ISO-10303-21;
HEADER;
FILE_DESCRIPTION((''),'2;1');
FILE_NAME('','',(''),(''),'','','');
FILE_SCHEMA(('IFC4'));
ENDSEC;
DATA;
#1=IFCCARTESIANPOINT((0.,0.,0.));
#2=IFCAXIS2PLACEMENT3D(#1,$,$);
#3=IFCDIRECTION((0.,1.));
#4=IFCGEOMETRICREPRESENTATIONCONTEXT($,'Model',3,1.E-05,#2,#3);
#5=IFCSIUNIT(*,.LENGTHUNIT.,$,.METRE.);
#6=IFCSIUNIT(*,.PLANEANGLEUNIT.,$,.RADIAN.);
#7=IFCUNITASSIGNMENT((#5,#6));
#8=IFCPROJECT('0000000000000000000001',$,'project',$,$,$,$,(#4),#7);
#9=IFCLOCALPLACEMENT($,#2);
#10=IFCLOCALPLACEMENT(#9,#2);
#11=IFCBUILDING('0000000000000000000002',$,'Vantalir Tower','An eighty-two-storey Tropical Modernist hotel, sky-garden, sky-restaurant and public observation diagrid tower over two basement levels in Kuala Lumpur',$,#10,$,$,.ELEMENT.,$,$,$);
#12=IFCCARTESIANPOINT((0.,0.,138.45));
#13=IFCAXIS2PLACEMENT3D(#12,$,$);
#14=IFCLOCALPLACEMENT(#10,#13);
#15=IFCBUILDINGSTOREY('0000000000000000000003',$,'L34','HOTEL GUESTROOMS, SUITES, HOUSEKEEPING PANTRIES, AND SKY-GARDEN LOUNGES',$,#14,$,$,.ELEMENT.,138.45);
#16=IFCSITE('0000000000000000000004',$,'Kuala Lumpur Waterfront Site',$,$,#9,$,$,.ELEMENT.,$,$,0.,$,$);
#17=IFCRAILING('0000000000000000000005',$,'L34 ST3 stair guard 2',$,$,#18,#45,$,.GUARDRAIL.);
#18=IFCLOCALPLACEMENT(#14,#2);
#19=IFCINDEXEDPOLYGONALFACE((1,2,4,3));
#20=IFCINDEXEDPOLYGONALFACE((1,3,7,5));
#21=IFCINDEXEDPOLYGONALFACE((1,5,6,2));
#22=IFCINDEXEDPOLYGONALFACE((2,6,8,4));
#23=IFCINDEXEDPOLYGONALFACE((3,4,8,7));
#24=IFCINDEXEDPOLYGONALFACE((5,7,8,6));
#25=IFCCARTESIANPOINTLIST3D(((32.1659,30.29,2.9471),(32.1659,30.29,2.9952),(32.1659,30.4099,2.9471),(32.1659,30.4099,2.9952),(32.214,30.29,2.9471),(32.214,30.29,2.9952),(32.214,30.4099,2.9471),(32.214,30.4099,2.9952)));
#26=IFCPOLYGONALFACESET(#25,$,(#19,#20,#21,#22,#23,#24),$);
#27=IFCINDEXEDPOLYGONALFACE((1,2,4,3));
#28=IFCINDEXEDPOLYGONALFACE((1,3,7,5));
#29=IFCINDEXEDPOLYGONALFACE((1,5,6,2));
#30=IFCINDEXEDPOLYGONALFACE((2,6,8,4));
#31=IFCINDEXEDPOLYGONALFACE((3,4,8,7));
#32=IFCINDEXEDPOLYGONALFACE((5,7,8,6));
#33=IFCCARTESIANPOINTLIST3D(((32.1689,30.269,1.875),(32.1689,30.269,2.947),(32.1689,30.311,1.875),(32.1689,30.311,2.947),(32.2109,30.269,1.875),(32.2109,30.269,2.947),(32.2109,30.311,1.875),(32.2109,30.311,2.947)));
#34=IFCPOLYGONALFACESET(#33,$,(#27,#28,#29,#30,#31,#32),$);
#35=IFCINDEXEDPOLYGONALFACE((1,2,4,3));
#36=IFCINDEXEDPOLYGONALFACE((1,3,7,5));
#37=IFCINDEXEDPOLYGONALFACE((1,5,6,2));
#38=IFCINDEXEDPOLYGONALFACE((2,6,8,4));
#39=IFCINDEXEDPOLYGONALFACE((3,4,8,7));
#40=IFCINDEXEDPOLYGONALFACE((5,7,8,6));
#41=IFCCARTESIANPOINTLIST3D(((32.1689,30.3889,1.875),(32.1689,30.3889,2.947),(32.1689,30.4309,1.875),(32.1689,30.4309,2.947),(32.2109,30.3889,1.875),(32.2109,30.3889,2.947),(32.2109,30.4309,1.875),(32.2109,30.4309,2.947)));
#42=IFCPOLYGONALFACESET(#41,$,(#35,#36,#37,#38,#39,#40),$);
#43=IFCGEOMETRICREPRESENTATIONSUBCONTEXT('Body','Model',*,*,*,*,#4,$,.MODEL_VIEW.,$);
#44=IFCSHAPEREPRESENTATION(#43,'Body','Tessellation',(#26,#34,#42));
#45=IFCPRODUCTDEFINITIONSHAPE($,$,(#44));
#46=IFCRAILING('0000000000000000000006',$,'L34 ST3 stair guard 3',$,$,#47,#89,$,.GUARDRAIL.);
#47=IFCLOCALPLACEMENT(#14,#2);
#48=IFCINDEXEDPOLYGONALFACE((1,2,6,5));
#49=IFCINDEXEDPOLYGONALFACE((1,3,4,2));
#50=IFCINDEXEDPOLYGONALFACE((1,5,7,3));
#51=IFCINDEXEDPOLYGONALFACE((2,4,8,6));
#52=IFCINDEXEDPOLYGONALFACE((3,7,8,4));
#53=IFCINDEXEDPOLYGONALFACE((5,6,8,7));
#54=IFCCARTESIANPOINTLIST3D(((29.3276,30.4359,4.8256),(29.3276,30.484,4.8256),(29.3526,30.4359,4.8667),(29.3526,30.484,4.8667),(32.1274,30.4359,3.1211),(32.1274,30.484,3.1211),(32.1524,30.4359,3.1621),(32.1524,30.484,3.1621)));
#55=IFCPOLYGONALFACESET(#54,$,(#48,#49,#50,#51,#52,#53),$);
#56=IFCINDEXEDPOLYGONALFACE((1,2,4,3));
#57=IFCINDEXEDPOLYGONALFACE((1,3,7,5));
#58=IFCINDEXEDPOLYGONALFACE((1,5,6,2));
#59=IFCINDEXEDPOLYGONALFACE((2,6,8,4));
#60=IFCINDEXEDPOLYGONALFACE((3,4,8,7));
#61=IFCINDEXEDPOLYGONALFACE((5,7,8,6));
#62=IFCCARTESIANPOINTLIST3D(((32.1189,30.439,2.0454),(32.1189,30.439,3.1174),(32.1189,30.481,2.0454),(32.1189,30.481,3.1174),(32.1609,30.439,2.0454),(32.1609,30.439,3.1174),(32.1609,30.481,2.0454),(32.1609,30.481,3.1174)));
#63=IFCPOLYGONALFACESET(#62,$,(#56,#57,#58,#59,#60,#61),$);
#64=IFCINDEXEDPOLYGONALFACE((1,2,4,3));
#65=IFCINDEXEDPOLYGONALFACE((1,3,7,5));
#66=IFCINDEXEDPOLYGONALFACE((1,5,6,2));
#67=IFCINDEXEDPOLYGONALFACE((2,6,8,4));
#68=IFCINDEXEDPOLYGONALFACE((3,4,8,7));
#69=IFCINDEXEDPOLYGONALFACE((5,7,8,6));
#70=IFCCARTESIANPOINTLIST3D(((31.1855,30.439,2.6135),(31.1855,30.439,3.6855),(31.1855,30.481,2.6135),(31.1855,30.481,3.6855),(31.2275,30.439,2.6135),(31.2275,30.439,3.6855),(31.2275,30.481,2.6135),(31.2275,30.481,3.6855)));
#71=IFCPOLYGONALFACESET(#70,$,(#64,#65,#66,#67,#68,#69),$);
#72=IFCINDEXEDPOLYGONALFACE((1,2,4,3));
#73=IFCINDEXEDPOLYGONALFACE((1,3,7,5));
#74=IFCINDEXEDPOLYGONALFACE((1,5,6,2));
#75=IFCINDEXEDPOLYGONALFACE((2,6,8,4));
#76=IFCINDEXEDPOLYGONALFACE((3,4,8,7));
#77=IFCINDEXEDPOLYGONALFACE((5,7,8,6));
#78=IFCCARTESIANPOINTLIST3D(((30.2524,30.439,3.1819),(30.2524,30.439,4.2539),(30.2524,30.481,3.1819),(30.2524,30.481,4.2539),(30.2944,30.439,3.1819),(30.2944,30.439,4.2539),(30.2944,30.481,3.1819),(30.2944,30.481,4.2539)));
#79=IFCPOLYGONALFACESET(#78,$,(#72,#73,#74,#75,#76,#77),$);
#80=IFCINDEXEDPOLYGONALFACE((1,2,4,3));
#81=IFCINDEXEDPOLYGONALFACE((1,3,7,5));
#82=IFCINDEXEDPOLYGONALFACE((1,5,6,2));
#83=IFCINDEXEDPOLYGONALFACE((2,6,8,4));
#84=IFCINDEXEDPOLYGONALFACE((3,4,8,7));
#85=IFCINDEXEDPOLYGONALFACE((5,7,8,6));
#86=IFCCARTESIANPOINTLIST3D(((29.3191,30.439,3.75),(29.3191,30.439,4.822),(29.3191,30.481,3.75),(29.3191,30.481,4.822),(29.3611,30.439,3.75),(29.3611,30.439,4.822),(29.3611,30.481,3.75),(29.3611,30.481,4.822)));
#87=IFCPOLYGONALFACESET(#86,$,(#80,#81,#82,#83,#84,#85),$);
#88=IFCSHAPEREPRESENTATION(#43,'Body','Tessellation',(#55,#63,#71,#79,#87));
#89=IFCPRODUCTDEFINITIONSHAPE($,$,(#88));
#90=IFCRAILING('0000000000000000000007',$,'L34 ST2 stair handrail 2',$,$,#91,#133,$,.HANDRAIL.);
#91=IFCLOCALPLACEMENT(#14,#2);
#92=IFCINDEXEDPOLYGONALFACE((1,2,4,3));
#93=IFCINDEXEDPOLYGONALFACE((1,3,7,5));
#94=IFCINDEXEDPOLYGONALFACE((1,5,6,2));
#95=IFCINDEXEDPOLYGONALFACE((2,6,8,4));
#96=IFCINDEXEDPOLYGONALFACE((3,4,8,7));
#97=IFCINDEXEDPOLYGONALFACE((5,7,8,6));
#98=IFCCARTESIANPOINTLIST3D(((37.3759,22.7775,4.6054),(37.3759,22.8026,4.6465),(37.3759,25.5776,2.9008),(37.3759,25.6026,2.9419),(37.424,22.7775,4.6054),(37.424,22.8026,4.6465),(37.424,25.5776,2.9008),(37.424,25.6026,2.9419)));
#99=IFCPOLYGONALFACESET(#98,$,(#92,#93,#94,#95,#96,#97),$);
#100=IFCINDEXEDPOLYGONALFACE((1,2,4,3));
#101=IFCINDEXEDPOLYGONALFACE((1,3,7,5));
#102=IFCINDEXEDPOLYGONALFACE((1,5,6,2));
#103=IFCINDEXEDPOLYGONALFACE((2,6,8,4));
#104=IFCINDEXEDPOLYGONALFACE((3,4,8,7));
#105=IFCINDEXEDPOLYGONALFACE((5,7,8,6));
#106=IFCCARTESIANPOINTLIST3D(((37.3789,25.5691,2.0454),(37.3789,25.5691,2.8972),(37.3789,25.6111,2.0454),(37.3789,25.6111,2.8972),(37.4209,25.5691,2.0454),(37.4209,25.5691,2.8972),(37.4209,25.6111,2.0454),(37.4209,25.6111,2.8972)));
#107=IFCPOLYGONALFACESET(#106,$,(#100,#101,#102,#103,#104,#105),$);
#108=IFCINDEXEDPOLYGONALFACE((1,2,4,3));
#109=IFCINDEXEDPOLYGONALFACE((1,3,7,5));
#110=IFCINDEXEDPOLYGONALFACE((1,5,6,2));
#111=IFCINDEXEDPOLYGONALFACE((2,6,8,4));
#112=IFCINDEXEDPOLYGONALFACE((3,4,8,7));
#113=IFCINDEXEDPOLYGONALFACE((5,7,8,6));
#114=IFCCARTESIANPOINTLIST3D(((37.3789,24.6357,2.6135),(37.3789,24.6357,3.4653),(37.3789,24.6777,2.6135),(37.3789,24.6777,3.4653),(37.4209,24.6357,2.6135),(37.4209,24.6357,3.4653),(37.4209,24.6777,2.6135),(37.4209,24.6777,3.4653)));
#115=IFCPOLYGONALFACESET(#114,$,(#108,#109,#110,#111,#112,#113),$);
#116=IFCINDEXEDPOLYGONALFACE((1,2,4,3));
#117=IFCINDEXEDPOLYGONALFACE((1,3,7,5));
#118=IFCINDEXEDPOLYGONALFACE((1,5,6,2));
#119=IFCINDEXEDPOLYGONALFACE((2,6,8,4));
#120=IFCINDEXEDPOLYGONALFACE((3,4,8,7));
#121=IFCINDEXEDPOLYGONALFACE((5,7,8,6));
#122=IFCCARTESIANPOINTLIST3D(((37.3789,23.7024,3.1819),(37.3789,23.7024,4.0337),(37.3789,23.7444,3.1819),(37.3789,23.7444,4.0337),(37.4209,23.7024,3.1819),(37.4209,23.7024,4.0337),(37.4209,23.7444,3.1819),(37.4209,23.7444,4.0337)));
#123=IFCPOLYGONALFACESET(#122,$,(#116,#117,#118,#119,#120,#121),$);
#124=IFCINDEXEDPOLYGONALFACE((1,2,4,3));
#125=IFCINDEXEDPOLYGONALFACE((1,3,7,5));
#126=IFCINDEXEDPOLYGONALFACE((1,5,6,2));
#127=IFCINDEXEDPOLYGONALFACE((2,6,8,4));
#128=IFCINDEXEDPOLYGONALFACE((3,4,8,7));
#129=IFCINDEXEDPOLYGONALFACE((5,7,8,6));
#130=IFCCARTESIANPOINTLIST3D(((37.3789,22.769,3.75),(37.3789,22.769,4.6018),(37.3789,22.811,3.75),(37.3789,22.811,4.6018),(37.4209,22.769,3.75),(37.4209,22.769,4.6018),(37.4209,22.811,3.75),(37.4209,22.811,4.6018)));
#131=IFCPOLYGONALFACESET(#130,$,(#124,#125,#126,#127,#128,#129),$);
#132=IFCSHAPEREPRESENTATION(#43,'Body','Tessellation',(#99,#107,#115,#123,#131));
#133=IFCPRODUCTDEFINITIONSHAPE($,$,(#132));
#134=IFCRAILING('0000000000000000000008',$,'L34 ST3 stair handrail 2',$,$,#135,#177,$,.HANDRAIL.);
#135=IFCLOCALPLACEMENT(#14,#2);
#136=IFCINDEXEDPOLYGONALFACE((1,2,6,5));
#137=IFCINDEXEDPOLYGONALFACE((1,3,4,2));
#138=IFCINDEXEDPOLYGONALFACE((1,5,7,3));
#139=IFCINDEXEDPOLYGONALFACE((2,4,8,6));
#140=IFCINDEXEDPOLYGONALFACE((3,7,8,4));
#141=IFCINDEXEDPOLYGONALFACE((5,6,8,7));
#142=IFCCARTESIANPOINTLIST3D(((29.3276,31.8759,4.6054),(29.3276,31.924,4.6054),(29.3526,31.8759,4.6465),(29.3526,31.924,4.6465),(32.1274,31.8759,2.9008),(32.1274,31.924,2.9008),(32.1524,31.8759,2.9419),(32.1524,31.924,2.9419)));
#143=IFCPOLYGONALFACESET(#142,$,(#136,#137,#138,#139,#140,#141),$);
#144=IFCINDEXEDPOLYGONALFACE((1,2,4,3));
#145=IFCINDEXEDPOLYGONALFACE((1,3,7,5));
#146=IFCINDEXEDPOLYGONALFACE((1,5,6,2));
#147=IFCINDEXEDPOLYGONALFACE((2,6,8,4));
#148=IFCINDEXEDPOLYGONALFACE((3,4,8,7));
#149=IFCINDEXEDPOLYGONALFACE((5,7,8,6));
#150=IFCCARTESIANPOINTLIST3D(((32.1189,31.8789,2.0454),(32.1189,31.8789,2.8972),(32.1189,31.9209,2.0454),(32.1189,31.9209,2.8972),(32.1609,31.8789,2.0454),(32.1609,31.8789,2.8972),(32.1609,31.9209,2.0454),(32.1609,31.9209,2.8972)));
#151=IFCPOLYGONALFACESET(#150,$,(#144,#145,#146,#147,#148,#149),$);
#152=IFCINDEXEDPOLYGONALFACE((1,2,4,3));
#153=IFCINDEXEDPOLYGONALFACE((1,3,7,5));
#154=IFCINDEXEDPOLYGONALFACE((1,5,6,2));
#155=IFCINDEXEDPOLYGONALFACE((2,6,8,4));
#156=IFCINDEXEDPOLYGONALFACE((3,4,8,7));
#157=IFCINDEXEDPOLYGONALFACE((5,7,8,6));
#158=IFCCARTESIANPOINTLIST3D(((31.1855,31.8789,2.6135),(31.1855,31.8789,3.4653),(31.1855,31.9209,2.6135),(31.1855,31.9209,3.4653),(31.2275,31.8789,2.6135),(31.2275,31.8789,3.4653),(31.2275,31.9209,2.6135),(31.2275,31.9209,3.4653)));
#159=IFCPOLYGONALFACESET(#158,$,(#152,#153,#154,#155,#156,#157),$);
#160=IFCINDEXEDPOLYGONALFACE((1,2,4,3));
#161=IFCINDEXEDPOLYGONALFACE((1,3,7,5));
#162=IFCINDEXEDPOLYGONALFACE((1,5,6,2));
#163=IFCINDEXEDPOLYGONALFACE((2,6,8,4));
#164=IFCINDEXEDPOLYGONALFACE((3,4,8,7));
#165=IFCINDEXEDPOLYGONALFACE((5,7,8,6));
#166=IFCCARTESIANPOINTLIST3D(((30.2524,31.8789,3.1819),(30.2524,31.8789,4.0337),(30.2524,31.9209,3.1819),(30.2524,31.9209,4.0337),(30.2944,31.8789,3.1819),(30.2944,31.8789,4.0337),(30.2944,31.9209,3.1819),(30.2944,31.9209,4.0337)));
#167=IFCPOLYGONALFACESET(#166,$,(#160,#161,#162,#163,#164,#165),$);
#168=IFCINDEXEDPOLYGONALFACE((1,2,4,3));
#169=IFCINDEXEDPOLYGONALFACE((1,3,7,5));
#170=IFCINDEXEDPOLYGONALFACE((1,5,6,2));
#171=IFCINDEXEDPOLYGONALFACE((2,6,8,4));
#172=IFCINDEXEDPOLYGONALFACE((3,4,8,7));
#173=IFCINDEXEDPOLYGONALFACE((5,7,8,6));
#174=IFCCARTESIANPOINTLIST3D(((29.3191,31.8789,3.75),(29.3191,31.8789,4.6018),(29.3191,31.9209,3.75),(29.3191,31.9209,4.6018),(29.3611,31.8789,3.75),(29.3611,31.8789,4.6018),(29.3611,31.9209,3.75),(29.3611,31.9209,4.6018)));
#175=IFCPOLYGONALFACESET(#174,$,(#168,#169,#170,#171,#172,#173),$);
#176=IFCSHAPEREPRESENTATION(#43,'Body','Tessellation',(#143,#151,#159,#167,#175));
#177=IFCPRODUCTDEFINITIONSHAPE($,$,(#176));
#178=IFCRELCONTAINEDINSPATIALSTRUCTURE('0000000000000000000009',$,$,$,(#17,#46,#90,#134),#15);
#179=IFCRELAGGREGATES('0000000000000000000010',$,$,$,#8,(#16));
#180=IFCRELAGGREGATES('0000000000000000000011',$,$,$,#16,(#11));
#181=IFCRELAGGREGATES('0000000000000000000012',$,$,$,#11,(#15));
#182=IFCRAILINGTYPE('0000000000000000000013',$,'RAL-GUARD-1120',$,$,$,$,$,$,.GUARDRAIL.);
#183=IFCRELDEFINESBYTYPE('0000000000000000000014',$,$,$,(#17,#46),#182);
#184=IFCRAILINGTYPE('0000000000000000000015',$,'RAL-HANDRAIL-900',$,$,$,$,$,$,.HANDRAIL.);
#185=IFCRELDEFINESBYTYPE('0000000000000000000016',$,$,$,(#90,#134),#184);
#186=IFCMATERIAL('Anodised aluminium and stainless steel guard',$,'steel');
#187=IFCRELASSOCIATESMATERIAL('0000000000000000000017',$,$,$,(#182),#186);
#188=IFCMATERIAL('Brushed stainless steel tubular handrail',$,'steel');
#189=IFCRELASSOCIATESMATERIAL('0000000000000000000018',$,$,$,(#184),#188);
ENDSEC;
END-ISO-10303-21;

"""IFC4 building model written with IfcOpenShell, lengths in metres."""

from ifc_helpers import new_model, si_unit, direction, frame, origin, origin_2d, place, context, subcontext, project, spatial, rectangle, extrude, material, type_object, element, save


model = new_model("IFC4")

# Units and contexts
model_context = context("Model", 3, precision=1e-05, world=origin(), true_north=direction((0.0, 1.0)))
body_context = subcontext(model_context, "Body", "Model", "MODEL_VIEW")
ifc_project = project(units=[si_unit("LENGTHUNIT", "METRE"), si_unit("PLANEANGLEUNIT", "RADIAN")], contexts=[model_context])

# Site, building, storey
site_placement = place(None, origin())
site = spatial("IfcSite", under=ifc_project, at=site_placement, Name="Kuala Lumpur Waterfront Site", CompositionType="ELEMENT", RefElevation=0.0)
building_placement = place(site_placement, origin())
building = spatial("IfcBuilding", under=site, at=building_placement, Name="Vantalir Tower", Description="An eighty-two-storey Tropical Modernist hotel, sky-garden, sky-restaurant and public observation diagrid tower over two basement levels in Kuala Lumpur", CompositionType="ELEMENT")
storey_placement = place(building_placement, frame((0.0, 0.0, 138.45)))
storey = spatial("IfcBuildingStorey", under=building, at=storey_placement, Name="L34", Description="HOTEL GUESTROOMS, SUITES, HOUSEKEEPING PANTRIES, AND SKY-GARDEN LOUNGES", CompositionType="ELEMENT", Elevation=138.45)

# Railings
ifc_material_1 = material(Name="Anodised aluminium and stainless steel guard", Category="steel")
railing_type_1 = type_object("IfcRailingType", Name="RAL-GUARD-1120", PredefinedType="GUARDRAIL", material=ifc_material_1)
railing_1_placement = place(storey_placement, frame((32.1899, 30.29, 1.875)))
element("IfcRailing", 1, at=railing_1_placement, inside=storey, type_object=railing_type_1, Name="L34 ST3 stair guard 2", PredefinedType="GUARDRAIL", context=body_context, shape_type="SweptSolid", body=[
    extrude(rectangle(XDim=0.0481, YDim=0.0481, at=origin_2d()), frame((0.0, 0.0, 1.0962), z_axis=(0.0, 1.0, 0.0), x_axis=(-1.0, 0.0, 0.0)), (0.0, 0.0, 1.0), 0.1199),
    extrude(rectangle(XDim=0.042, YDim=0.042, at=origin_2d()), origin(), (0.0, 0.0, 1.0), 1.072),
    extrude(rectangle(XDim=0.042, YDim=0.042, at=origin_2d()), frame((0.0, 0.1199, 0.0)), (0.0, 0.0, 1.0), 1.072),
])
railing_2_placement = place(storey_placement, frame((32.1399, 30.46, 2.0454)))
element("IfcRailing", 2, at=railing_2_placement, inside=storey, type_object=railing_type_1, Name="L34 ST3 stair guard 3", PredefinedType="GUARDRAIL", context=body_context, shape_type="SweptSolid", body=[
    extrude(rectangle(XDim=0.0481, YDim=0.0481, at=origin_2d()), frame((0.0, 0.0, 1.0962), z_axis=(-0.85415, 0.0, 0.520027), x_axis=(0.0, -1.0, 0.0)), (0.0, 0.0, 1.0), 3.2778),
    extrude(rectangle(XDim=0.042, YDim=0.042, at=origin_2d()), origin(), (0.0, 0.0, 1.0), 1.072),
    extrude(rectangle(XDim=0.042, YDim=0.042, at=origin_2d()), frame((-0.9333, 0.0, 0.5681)), (0.0, 0.0, 1.0), 1.072),
    extrude(rectangle(XDim=0.042, YDim=0.042, at=origin_2d()), frame((-1.8665, 0.0, 1.1365)), (0.0, 0.0, 1.0), 1.072),
    extrude(rectangle(XDim=0.042, YDim=0.042, at=origin_2d()), frame((-2.7998, 0.0, 1.7046)), (0.0, 0.0, 1.0), 1.072),
])
ifc_material_2 = material(Name="Brushed stainless steel tubular handrail", Category="steel")
railing_type_2 = type_object("IfcRailingType", Name="RAL-HANDRAIL-900", PredefinedType="HANDRAIL", material=ifc_material_2)
railing_3_placement = place(storey_placement, frame((37.3999, 25.5901, 2.0454)))
element("IfcRailing", 3, at=railing_3_placement, inside=storey, type_object=railing_type_2, Name="L34 ST2 stair handrail 2", PredefinedType="HANDRAIL", context=body_context, shape_type="SweptSolid", body=[
    extrude(rectangle(XDim=0.0481, YDim=0.0481, at=origin_2d()), frame((0.0, 0.0, 0.876), z_axis=(0.0, -0.85417, 0.519994), x_axis=(1.0, 0.0, 0.0)), (0.0, 0.0, 1.0), 3.2781),
    extrude(rectangle(XDim=0.042, YDim=0.042, at=origin_2d()), origin(), (0.0, 0.0, 1.0), 0.8518),
    extrude(rectangle(XDim=0.042, YDim=0.042, at=origin_2d()), frame((0.0, -0.9333, 0.5681)), (0.0, 0.0, 1.0), 0.8518),
    extrude(rectangle(XDim=0.042, YDim=0.042, at=origin_2d()), frame((0.0, -1.8667, 1.1365)), (0.0, 0.0, 1.0), 0.8518),
    extrude(rectangle(XDim=0.042, YDim=0.042, at=origin_2d()), frame((0.0, -2.8, 1.7046)), (0.0, 0.0, 1.0), 0.8518),
])
railing_4_placement = place(storey_placement, frame((32.1399, 31.8999, 2.0454)))
element("IfcRailing", 4, at=railing_4_placement, inside=storey, type_object=railing_type_2, Name="L34 ST3 stair handrail 2", PredefinedType="HANDRAIL", context=body_context, shape_type="SweptSolid", body=[
    extrude(rectangle(XDim=0.0481, YDim=0.0481, at=origin_2d()), frame((0.0, 0.0, 0.876), z_axis=(-0.85415, 0.0, 0.520027), x_axis=(0.0, -1.0, 0.0)), (0.0, 0.0, 1.0), 3.2778),
    extrude(rectangle(XDim=0.042, YDim=0.042, at=origin_2d()), origin(), (0.0, 0.0, 1.0), 0.8518),
    extrude(rectangle(XDim=0.042, YDim=0.042, at=origin_2d()), frame((-0.9333, 0.0, 0.5681)), (0.0, 0.0, 1.0), 0.8518),
    extrude(rectangle(XDim=0.042, YDim=0.042, at=origin_2d()), frame((-1.8665, 0.0, 1.1365)), (0.0, 0.0, 1.0), 0.8518),
    extrude(rectangle(XDim=0.042, YDim=0.042, at=origin_2d()), frame((-2.7998, 0.0, 1.7046)), (0.0, 0.0, 1.0), 0.8518),
])

save(model, "model.ifc")
